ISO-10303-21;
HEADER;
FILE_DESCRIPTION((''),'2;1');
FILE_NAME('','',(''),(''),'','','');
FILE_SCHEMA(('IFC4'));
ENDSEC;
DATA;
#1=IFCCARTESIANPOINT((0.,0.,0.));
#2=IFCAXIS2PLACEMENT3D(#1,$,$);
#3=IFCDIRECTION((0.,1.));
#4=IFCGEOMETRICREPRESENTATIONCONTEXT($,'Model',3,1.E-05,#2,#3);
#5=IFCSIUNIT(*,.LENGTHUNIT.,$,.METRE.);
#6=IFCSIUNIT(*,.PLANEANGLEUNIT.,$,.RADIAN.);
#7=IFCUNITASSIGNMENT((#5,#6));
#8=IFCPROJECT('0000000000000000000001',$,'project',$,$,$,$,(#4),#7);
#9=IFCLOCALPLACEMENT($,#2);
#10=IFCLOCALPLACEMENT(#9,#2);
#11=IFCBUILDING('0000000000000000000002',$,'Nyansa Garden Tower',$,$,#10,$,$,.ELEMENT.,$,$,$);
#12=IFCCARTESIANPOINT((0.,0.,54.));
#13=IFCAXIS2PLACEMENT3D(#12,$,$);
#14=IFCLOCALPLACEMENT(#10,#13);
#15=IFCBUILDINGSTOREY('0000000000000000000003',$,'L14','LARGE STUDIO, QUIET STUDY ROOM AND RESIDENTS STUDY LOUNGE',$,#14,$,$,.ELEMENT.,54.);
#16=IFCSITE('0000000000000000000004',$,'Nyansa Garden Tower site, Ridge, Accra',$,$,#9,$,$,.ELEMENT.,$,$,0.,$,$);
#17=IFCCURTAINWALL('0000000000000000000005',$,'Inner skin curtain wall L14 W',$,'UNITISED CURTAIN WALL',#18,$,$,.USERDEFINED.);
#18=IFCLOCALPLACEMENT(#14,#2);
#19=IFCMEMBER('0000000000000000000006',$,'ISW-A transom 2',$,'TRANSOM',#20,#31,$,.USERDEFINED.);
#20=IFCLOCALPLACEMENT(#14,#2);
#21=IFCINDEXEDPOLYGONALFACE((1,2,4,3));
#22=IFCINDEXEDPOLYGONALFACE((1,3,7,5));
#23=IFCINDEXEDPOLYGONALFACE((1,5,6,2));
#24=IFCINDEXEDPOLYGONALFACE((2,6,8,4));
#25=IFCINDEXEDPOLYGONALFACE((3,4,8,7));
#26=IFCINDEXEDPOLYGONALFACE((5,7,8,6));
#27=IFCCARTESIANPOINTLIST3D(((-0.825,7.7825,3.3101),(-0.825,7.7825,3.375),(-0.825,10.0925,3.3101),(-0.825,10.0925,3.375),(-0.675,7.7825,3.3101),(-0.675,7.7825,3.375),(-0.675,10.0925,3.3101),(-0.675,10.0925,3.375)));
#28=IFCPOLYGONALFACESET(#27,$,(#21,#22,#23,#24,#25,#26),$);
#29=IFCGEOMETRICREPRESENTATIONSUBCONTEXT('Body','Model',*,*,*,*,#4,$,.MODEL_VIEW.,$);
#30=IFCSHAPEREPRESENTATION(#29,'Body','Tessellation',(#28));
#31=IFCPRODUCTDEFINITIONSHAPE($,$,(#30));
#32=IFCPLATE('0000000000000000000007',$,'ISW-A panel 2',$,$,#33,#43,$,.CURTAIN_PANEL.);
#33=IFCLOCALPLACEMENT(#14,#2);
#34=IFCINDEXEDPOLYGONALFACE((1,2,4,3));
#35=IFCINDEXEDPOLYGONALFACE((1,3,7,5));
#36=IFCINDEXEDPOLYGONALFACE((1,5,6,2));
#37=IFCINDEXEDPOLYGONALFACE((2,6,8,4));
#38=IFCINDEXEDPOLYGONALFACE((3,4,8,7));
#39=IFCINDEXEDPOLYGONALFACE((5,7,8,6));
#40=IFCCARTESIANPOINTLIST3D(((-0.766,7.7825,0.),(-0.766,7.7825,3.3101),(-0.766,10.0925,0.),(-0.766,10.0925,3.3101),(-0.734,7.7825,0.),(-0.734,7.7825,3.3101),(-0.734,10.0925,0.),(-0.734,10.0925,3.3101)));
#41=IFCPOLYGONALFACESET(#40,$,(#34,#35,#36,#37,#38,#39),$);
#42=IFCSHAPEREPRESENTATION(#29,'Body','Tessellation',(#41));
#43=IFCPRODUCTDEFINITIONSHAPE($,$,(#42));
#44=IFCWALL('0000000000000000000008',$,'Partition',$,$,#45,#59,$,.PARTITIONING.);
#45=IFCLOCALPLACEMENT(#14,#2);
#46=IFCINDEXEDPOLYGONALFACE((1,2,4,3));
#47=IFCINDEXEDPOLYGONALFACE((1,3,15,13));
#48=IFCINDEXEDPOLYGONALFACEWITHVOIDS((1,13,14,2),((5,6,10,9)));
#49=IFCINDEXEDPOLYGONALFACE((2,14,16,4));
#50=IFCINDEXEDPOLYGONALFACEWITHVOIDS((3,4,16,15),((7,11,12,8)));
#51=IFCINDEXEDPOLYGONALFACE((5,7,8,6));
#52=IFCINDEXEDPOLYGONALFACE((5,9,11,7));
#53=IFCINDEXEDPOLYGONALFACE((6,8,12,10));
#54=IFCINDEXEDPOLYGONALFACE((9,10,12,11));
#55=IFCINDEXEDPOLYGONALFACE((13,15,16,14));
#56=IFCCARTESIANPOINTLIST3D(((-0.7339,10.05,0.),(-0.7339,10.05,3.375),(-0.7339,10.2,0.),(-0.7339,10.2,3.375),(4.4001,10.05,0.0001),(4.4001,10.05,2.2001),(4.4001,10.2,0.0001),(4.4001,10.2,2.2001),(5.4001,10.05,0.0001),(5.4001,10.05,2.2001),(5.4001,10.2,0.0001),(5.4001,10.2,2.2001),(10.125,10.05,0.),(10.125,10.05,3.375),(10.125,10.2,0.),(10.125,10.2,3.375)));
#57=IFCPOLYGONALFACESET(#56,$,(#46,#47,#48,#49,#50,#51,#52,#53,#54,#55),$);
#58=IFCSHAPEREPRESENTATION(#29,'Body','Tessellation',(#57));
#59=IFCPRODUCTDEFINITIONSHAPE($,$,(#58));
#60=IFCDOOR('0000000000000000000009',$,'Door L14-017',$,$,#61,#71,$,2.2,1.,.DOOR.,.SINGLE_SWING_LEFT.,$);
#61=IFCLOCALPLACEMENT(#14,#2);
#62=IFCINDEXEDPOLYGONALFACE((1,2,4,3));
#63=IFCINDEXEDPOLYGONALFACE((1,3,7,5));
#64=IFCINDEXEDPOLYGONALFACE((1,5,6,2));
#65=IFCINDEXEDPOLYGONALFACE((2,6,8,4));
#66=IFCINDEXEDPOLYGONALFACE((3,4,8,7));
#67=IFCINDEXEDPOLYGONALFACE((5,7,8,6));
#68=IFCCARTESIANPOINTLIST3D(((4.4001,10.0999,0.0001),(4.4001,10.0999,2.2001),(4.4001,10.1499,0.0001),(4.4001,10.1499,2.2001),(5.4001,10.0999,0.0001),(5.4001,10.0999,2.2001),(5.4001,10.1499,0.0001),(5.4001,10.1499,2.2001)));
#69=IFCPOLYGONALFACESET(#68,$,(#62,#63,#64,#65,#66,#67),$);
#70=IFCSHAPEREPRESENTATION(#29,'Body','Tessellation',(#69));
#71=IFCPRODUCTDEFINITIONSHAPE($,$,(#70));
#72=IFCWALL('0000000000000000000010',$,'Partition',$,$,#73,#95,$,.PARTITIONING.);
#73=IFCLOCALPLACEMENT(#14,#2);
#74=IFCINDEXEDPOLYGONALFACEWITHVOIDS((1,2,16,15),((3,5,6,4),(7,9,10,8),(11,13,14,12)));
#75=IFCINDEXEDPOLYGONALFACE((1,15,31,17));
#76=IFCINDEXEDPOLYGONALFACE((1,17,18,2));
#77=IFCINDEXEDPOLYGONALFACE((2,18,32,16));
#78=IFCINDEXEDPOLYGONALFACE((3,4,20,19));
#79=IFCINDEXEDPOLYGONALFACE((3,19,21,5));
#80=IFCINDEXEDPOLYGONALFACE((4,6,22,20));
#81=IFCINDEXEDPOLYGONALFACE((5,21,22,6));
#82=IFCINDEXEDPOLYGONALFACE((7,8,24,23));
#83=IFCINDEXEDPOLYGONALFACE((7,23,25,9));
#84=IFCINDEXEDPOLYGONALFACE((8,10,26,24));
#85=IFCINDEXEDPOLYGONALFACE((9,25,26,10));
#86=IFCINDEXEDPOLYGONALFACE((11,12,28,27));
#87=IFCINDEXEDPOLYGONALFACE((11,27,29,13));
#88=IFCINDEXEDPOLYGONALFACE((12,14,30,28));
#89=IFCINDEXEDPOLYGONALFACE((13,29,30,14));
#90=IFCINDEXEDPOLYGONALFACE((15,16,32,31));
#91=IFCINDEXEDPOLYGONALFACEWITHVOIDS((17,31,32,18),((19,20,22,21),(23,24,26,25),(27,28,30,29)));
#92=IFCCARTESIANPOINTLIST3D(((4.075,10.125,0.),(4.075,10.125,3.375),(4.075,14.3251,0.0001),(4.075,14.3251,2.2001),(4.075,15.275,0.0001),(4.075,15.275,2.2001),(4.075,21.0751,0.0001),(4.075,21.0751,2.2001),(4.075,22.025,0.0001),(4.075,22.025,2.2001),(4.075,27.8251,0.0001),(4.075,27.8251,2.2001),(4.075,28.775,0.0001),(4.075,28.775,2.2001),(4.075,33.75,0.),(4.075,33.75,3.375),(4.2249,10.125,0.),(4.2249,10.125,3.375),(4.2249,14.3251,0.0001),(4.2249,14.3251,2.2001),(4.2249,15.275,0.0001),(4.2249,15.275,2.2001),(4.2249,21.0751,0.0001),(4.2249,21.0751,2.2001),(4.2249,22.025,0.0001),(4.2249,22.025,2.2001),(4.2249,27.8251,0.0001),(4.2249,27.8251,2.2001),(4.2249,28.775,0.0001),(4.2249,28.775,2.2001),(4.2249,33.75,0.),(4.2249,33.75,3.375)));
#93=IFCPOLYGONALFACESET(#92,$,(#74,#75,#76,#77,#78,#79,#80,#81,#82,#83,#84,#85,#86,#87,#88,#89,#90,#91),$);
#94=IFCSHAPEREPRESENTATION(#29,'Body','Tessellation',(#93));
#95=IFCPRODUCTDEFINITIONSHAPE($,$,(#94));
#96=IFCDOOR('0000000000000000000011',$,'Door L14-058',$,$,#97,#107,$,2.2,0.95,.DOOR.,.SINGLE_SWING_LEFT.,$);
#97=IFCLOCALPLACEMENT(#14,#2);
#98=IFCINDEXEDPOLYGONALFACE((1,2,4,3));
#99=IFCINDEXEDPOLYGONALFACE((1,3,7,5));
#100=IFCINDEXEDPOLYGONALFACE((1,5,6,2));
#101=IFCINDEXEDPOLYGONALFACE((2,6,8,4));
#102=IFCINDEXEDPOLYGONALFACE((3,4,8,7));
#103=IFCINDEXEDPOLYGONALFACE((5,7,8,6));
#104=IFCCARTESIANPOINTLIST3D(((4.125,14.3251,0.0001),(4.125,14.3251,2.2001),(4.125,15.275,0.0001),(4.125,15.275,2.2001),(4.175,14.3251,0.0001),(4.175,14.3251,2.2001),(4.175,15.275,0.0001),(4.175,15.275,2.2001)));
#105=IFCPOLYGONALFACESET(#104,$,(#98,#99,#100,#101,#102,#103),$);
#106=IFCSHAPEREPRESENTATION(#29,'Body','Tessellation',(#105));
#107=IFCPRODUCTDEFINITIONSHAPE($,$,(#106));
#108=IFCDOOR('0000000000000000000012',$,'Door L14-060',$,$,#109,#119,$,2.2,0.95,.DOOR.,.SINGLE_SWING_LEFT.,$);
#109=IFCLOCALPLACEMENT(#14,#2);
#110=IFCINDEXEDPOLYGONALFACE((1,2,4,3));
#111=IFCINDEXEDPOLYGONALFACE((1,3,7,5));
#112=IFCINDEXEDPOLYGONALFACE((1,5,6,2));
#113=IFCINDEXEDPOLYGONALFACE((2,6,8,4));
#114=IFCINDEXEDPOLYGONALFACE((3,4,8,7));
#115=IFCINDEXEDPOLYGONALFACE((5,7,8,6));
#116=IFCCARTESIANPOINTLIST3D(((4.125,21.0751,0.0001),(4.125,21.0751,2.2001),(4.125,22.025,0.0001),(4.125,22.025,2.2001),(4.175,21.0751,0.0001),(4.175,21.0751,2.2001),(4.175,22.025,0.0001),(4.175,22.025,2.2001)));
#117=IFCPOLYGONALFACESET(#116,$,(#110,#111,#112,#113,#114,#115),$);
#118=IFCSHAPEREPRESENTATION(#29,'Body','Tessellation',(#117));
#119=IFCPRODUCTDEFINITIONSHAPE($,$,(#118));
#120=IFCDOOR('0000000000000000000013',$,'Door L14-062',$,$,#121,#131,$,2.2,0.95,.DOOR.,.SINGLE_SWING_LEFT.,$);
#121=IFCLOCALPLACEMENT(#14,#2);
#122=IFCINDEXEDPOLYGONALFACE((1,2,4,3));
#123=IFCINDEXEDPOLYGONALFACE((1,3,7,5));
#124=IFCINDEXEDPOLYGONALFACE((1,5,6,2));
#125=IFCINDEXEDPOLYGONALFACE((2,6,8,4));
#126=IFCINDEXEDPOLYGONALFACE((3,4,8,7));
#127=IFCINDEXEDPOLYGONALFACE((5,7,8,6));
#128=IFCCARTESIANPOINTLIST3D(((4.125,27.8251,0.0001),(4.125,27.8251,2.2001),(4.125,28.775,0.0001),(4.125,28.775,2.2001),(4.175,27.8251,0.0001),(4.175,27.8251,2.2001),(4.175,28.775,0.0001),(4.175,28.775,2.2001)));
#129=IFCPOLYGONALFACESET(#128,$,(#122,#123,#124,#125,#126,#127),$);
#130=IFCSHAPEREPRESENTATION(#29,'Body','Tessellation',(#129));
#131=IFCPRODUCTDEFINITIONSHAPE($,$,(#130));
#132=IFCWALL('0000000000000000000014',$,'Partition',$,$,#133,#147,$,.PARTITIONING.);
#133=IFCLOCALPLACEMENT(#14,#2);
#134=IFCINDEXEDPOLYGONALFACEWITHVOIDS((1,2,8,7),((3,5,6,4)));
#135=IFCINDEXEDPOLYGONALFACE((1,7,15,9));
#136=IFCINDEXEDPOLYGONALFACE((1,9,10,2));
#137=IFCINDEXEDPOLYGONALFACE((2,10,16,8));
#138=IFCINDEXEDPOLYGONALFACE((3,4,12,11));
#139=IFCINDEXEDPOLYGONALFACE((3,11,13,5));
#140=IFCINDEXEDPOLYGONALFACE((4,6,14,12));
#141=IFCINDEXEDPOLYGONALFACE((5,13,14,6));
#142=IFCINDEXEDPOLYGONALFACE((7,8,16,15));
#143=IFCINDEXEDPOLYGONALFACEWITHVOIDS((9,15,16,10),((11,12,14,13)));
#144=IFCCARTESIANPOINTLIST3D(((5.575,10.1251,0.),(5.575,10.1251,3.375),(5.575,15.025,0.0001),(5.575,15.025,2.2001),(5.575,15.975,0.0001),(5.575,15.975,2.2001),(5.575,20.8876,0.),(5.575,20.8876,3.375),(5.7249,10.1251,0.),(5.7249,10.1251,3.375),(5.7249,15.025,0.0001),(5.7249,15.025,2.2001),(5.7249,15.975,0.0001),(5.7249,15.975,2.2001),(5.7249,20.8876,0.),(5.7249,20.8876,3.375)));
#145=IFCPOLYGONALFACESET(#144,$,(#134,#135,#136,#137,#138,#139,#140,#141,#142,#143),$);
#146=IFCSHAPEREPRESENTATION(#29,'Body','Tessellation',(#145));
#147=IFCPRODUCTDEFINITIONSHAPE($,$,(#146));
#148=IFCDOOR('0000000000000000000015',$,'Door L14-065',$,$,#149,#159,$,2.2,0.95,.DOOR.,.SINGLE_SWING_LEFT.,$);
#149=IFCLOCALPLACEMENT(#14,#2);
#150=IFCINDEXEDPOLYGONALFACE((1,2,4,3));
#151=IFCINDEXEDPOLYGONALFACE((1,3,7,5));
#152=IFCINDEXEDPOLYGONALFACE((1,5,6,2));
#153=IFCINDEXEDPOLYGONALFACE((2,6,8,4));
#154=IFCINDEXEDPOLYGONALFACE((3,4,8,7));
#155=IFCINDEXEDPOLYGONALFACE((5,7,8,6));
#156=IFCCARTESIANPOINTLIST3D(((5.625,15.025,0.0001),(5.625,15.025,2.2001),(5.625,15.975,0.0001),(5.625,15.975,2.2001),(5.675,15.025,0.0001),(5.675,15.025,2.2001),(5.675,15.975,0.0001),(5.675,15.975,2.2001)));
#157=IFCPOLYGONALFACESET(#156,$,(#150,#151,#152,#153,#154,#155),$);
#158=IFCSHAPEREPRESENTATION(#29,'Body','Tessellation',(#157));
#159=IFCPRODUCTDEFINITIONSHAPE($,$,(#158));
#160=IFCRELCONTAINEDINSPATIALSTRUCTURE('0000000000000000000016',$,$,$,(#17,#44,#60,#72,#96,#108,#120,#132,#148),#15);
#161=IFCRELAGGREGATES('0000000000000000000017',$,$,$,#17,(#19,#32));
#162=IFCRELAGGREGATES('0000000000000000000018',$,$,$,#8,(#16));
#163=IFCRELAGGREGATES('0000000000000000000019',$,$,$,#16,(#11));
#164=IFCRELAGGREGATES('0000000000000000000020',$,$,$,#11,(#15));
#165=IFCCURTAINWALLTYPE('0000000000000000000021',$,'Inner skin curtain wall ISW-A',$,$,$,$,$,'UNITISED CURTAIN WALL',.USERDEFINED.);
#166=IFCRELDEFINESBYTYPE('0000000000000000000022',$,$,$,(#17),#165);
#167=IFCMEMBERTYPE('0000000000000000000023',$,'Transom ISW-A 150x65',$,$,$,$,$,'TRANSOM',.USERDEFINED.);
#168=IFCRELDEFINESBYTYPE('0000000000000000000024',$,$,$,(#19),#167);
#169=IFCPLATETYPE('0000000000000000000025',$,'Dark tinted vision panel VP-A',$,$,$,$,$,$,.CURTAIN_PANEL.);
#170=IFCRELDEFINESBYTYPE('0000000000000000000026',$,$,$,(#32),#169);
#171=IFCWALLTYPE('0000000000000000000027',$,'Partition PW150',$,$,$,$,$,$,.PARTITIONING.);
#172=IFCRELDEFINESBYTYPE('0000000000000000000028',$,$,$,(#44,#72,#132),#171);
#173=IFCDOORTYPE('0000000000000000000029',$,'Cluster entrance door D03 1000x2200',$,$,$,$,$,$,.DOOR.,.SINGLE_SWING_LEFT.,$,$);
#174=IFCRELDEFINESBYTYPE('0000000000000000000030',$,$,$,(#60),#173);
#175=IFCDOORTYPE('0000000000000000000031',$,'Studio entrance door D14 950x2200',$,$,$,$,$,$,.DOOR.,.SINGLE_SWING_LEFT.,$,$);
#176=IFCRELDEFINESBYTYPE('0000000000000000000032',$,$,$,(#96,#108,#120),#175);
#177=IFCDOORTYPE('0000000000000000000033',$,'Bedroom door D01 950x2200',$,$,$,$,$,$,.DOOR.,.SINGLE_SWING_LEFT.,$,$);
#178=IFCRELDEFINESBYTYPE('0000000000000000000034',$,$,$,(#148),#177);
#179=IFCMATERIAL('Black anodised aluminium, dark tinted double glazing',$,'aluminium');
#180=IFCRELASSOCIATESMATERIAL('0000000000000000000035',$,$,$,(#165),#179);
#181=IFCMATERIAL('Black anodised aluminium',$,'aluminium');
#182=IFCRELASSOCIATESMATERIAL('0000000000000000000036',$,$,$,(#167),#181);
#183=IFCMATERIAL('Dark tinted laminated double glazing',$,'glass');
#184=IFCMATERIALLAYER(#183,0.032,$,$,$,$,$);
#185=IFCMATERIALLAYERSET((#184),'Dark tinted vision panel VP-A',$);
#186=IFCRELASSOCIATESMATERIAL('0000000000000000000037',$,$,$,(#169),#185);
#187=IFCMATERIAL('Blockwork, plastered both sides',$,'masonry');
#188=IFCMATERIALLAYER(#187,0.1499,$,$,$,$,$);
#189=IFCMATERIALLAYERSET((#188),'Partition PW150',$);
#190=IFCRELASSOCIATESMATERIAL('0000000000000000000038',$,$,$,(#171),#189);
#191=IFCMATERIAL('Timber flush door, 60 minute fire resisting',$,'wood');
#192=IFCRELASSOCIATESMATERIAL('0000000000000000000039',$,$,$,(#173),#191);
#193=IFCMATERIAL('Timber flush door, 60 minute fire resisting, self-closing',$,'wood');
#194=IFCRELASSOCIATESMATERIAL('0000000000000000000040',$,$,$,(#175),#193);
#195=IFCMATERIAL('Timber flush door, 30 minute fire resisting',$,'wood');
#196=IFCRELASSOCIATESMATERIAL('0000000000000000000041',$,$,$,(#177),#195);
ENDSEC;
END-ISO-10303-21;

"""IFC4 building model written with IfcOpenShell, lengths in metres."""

from ifc_helpers import new_model, si_unit, direction, frame, frame_2d, origin, origin_2d, place, context, subcontext, project, spatial, rectangle, extrude, material, layer, layer_set, material_profile, profile_set, type_object, element, fill, aggregate, save


model = new_model("IFC4")

# Units and contexts
model_context = context("Model", 3, precision=1e-05, world=origin(), true_north=direction((0.0, 1.0)))
body_context = subcontext(model_context, "Body", "Model", "MODEL_VIEW")
ifc_project = project(units=[si_unit("LENGTHUNIT", "METRE"), si_unit("PLANEANGLEUNIT", "RADIAN")], contexts=[model_context])

# Site, building, storey
site_placement = place(None, origin())
site = spatial("IfcSite", under=ifc_project, at=site_placement, Name="Nyansa Garden Tower site, Ridge, Accra", CompositionType="ELEMENT", RefElevation=0.0)
building_placement = place(site_placement, origin())
building = spatial("IfcBuilding", under=site, at=building_placement, Name="Nyansa Garden Tower", CompositionType="ELEMENT")
storey_placement = place(building_placement, frame((0.0, 0.0, 54.0)))
storey = spatial("IfcBuildingStorey", under=building, at=storey_placement, Name="L14", Description="LARGE STUDIO, QUIET STUDY ROOM AND RESIDENTS STUDY LOUNGE", CompositionType="ELEMENT", Elevation=54.0)

# Curtain wall
ifc_material_1 = material(Name="Black anodised aluminium, dark tinted double glazing", Category="aluminium")
curtain_wall_type = type_object("IfcCurtainWallType", Name="Inner skin curtain wall ISW-A", ElementType="UNITISED CURTAIN WALL", PredefinedType="USERDEFINED", material=ifc_material_1)
curtain_wall_placement = place(storey_placement, origin())
curtain_wall = element("IfcCurtainWall", 1, at=curtain_wall_placement, inside=storey, type_object=curtain_wall_type, Name="Inner skin curtain wall L14 W", ObjectType="UNITISED CURTAIN WALL", PredefinedType="USERDEFINED")

# Member
ifc_material_2 = material(Name="Black anodised aluminium", Category="aluminium")
ifc_material_profile_1 = material_profile(ifc_material_2, rectangle(XDim=0.1499, YDim=0.0649, at=origin_2d()), Name="Transom 150x65")
ifc_profile_set_1 = profile_set([ifc_material_profile_1], Name="Black anodised aluminium")
member_type_1 = type_object("IfcMemberType", Name="Transom ISW-A 150x65", ElementType="TRANSOM", PredefinedType="USERDEFINED", material=ifc_profile_set_1)
member_1_placement = place(storey_placement, frame((-0.75, 10.0925, 3.3425), z_axis=(0.0, -1.0, 0.0), x_axis=(1.0, 0.0, 0.0)))
member_1 = element("IfcMember", 2, at=member_1_placement, type_object=member_type_1, Name="ISW-A transom 2", ObjectType="TRANSOM", PredefinedType="USERDEFINED", context=body_context, shape_type="SweptSolid", body=[
    extrude(rectangle(XDim=0.1499, YDim=0.0649, at=origin_2d()), origin(), (0.0, 0.0, 1.0), 2.3101),
])

# Plate
ifc_material_3 = material(Name="Dark tinted laminated double glazing", Category="glass")
ifc_layer_1 = layer(ifc_material_3, 0.032)
ifc_layer_set_1 = layer_set([ifc_layer_1], Name="Dark tinted vision panel VP-A")
plate_type = type_object("IfcPlateType", Name="Dark tinted vision panel VP-A", PredefinedType="CURTAIN_PANEL", material=ifc_layer_set_1)
plate_placement = place(storey_placement, frame((-0.75, 8.9375, 0.0), z_axis=(0.0, 0.0, 1.0), x_axis=(0.0, -1.0, 0.0)))
plate = element("IfcPlate", 3, at=plate_placement, type_object=plate_type, Name="ISW-A panel 2", PredefinedType="CURTAIN_PANEL", context=body_context, shape_type="SweptSolid", body=[
    extrude(rectangle(XDim=2.3101, YDim=0.032, at=origin_2d()), origin(), (0.0, 0.0, 1.0), 3.3101),
])
aggregate(curtain_wall, [member_1, plate])

# Wall, opening, door
ifc_material_4 = material(Name="Blockwork, plastered both sides", Category="masonry")
ifc_layer_2 = layer(ifc_material_4, 0.1499)
ifc_layer_set_2 = layer_set([ifc_layer_2], Name="Partition PW150")
wall_type_1 = type_object("IfcWallType", Name="Partition PW150", PredefinedType="PARTITIONING", material=ifc_layer_set_2)
wall_1_placement = place(storey_placement, frame((-0.7339, 10.125, 0.0), z_axis=(0.0, 0.0, 1.0), x_axis=(1.0, 0.0, 0.0)))
wall_1 = element("IfcWall", 4, at=wall_1_placement, inside=storey, type_object=wall_type_1, Name="Partition", PredefinedType="PARTITIONING", context=body_context, shape_type="SweptSolid", body=[
    extrude(rectangle(XDim=10.8589, YDim=0.1499, at=frame_2d((5.4294, 0.0))), origin(), (0.0, 0.0, 1.0), 3.375),
])
opening_1_placement = place(wall_1_placement, frame((5.134, 0.0, 0.0)))
opening_1 = element("IfcOpeningElement", 5, at=opening_1_placement, cuts=wall_1, PredefinedType="OPENING", context=body_context, shape_type="SweptSolid", body=[
    extrude(rectangle(XDim=1.0, YDim=2.2, at=frame_2d((0.5, 1.1001))), frame((0.0, 0.085, 0.0), z_axis=(0.0, -1.0, 0.0), x_axis=(1.0, 0.0, 0.0)), (0.0, 0.0, 1.0), 0.1699),
])
ifc_material_5 = material(Name="Timber flush door, 60 minute fire resisting", Category="wood")
door_type_1 = type_object("IfcDoorType", Name="Cluster entrance door D03 1000x2200", OperationType="SINGLE_SWING_LEFT", PredefinedType="DOOR", material=ifc_material_5)
door_1_placement = place(opening_1_placement, origin())
door_1 = element("IfcDoor", 6, at=door_1_placement, inside=storey, type_object=door_type_1, Name="Door L14-017", OperationType="SINGLE_SWING_LEFT", OverallHeight=2.2, OverallWidth=1.0, PredefinedType="DOOR", context=body_context, shape_type="SweptSolid", body=[
    extrude(rectangle(XDim=1.0, YDim=2.2, at=frame_2d((0.5, 1.1001))), frame((0.0, 0.0249, 0.0), z_axis=(0.0, -1.0, 0.0), x_axis=(1.0, 0.0, 0.0)), (0.0, 0.0, 1.0), 0.05),
])
fill(opening_1, door_1)

# Wall, openings, doors
wall_2_placement = place(storey_placement, frame((4.1499, 10.125, 0.0), z_axis=(0.0, 0.0, 1.0), x_axis=(0.0, 1.0, 0.0)))
wall_2 = element("IfcWall", 7, at=wall_2_placement, inside=storey, type_object=wall_type_1, Name="Partition", PredefinedType="PARTITIONING", context=body_context, shape_type="SweptSolid", body=[
    extrude(rectangle(XDim=23.625, YDim=0.1499, at=frame_2d((11.8125, 0.0))), origin(), (0.0, 0.0, 1.0), 3.375),
])
opening_2_placement = place(wall_2_placement, frame((4.2, 0.0, 0.0)))
opening_2 = element("IfcOpeningElement", 8, at=opening_2_placement, cuts=wall_2, PredefinedType="OPENING", context=body_context, shape_type="SweptSolid", body=[
    extrude(rectangle(XDim=0.95, YDim=2.2, at=frame_2d((0.4751, 1.1001))), frame((0.0, 0.085, 0.0), z_axis=(0.0, -1.0, 0.0), x_axis=(1.0, 0.0, 0.0)), (0.0, 0.0, 1.0), 0.1699),
])
opening_3_placement = place(wall_2_placement, frame((10.95, 0.0, 0.0)))
opening_3 = element("IfcOpeningElement", 9, at=opening_3_placement, cuts=wall_2, PredefinedType="OPENING", context=body_context, shape_type="SweptSolid", body=[
    extrude(rectangle(XDim=0.95, YDim=2.2, at=frame_2d((0.4751, 1.1001))), frame((0.0, 0.085, 0.0), z_axis=(0.0, -1.0, 0.0), x_axis=(1.0, 0.0, 0.0)), (0.0, 0.0, 1.0), 0.1699),
])
opening_4_placement = place(wall_2_placement, frame((17.7, 0.0, 0.0)))
opening_4 = element("IfcOpeningElement", 10, at=opening_4_placement, cuts=wall_2, PredefinedType="OPENING", context=body_context, shape_type="SweptSolid", body=[
    extrude(rectangle(XDim=0.95, YDim=2.2, at=frame_2d((0.4751, 1.1001))), frame((0.0, 0.085, 0.0), z_axis=(0.0, -1.0, 0.0), x_axis=(1.0, 0.0, 0.0)), (0.0, 0.0, 1.0), 0.1699),
])
ifc_material_6 = material(Name="Timber flush door, 60 minute fire resisting, self-closing", Category="wood")
door_type_2 = type_object("IfcDoorType", Name="Studio entrance door D14 950x2200", OperationType="SINGLE_SWING_LEFT", PredefinedType="DOOR", material=ifc_material_6)
door_2_placement = place(opening_2_placement, origin())
door_2 = element("IfcDoor", 11, at=door_2_placement, inside=storey, type_object=door_type_2, Name="Door L14-058", OperationType="SINGLE_SWING_LEFT", OverallHeight=2.2, OverallWidth=0.95, PredefinedType="DOOR", context=body_context, shape_type="SweptSolid", body=[
    extrude(rectangle(XDim=0.95, YDim=2.2, at=frame_2d((0.4751, 1.1001))), frame((0.0, 0.0249, 0.0), z_axis=(0.0, -1.0, 0.0), x_axis=(1.0, 0.0, 0.0)), (0.0, 0.0, 1.0), 0.05),
])
fill(opening_2, door_2)
door_3_placement = place(opening_3_placement, origin())
door_3 = element("IfcDoor", 12, at=door_3_placement, inside=storey, type_object=door_type_2, Name="Door L14-060", OperationType="SINGLE_SWING_LEFT", OverallHeight=2.2, OverallWidth=0.95, PredefinedType="DOOR", context=body_context, shape_type="SweptSolid", body=[
    extrude(rectangle(XDim=0.95, YDim=2.2, at=frame_2d((0.4751, 1.1001))), frame((0.0, 0.0249, 0.0), z_axis=(0.0, -1.0, 0.0), x_axis=(1.0, 0.0, 0.0)), (0.0, 0.0, 1.0), 0.05),
])
fill(opening_3, door_3)
door_4_placement = place(opening_4_placement, origin())
door_4 = element("IfcDoor", 13, at=door_4_placement, inside=storey, type_object=door_type_2, Name="Door L14-062", OperationType="SINGLE_SWING_LEFT", OverallHeight=2.2, OverallWidth=0.95, PredefinedType="DOOR", context=body_context, shape_type="SweptSolid", body=[
    extrude(rectangle(XDim=0.95, YDim=2.2, at=frame_2d((0.4751, 1.1001))), frame((0.0, 0.0249, 0.0), z_axis=(0.0, -1.0, 0.0), x_axis=(1.0, 0.0, 0.0)), (0.0, 0.0, 1.0), 0.05),
])
fill(opening_4, door_4)

# Wall, opening, door
wall_3_placement = place(storey_placement, frame((5.6499, 10.125, 0.0), z_axis=(0.0, 0.0, 1.0), x_axis=(0.0, 1.0, 0.0)))
wall_3 = element("IfcWall", 14, at=wall_3_placement, inside=storey, type_object=wall_type_1, Name="Partition", PredefinedType="PARTITIONING", context=body_context, shape_type="SweptSolid", body=[
    extrude(rectangle(XDim=10.7625, YDim=0.1499, at=frame_2d((5.3813, 0.0))), origin(), (0.0, 0.0, 1.0), 3.375),
])
opening_5_placement = place(wall_3_placement, frame((4.8999, 0.0, 0.0)))
opening_5 = element("IfcOpeningElement", 15, at=opening_5_placement, cuts=wall_3, PredefinedType="OPENING", context=body_context, shape_type="SweptSolid", body=[
    extrude(rectangle(XDim=0.95, YDim=2.2, at=frame_2d((0.4751, 1.1001))), frame((0.0, 0.085, 0.0), z_axis=(0.0, -1.0, 0.0), x_axis=(1.0, 0.0, 0.0)), (0.0, 0.0, 1.0), 0.1699),
])
ifc_material_7 = material(Name="Timber flush door, 30 minute fire resisting", Category="wood")
door_type_3 = type_object("IfcDoorType", Name="Bedroom door D01 950x2200", OperationType="SINGLE_SWING_LEFT", PredefinedType="DOOR", material=ifc_material_7)
door_5_placement = place(opening_5_placement, origin())
door_5 = element("IfcDoor", 16, at=door_5_placement, inside=storey, type_object=door_type_3, Name="Door L14-065", OperationType="SINGLE_SWING_LEFT", OverallHeight=2.2, OverallWidth=0.95, PredefinedType="DOOR", context=body_context, shape_type="SweptSolid", body=[
    extrude(rectangle(XDim=0.95, YDim=2.2, at=frame_2d((0.4751, 1.1001))), frame((0.0, 0.0249, 0.0), z_axis=(0.0, -1.0, 0.0), x_axis=(1.0, 0.0, 0.0)), (0.0, 0.0, 1.0), 0.05),
])
fill(opening_5, door_5)

save(model, "model.ifc")
